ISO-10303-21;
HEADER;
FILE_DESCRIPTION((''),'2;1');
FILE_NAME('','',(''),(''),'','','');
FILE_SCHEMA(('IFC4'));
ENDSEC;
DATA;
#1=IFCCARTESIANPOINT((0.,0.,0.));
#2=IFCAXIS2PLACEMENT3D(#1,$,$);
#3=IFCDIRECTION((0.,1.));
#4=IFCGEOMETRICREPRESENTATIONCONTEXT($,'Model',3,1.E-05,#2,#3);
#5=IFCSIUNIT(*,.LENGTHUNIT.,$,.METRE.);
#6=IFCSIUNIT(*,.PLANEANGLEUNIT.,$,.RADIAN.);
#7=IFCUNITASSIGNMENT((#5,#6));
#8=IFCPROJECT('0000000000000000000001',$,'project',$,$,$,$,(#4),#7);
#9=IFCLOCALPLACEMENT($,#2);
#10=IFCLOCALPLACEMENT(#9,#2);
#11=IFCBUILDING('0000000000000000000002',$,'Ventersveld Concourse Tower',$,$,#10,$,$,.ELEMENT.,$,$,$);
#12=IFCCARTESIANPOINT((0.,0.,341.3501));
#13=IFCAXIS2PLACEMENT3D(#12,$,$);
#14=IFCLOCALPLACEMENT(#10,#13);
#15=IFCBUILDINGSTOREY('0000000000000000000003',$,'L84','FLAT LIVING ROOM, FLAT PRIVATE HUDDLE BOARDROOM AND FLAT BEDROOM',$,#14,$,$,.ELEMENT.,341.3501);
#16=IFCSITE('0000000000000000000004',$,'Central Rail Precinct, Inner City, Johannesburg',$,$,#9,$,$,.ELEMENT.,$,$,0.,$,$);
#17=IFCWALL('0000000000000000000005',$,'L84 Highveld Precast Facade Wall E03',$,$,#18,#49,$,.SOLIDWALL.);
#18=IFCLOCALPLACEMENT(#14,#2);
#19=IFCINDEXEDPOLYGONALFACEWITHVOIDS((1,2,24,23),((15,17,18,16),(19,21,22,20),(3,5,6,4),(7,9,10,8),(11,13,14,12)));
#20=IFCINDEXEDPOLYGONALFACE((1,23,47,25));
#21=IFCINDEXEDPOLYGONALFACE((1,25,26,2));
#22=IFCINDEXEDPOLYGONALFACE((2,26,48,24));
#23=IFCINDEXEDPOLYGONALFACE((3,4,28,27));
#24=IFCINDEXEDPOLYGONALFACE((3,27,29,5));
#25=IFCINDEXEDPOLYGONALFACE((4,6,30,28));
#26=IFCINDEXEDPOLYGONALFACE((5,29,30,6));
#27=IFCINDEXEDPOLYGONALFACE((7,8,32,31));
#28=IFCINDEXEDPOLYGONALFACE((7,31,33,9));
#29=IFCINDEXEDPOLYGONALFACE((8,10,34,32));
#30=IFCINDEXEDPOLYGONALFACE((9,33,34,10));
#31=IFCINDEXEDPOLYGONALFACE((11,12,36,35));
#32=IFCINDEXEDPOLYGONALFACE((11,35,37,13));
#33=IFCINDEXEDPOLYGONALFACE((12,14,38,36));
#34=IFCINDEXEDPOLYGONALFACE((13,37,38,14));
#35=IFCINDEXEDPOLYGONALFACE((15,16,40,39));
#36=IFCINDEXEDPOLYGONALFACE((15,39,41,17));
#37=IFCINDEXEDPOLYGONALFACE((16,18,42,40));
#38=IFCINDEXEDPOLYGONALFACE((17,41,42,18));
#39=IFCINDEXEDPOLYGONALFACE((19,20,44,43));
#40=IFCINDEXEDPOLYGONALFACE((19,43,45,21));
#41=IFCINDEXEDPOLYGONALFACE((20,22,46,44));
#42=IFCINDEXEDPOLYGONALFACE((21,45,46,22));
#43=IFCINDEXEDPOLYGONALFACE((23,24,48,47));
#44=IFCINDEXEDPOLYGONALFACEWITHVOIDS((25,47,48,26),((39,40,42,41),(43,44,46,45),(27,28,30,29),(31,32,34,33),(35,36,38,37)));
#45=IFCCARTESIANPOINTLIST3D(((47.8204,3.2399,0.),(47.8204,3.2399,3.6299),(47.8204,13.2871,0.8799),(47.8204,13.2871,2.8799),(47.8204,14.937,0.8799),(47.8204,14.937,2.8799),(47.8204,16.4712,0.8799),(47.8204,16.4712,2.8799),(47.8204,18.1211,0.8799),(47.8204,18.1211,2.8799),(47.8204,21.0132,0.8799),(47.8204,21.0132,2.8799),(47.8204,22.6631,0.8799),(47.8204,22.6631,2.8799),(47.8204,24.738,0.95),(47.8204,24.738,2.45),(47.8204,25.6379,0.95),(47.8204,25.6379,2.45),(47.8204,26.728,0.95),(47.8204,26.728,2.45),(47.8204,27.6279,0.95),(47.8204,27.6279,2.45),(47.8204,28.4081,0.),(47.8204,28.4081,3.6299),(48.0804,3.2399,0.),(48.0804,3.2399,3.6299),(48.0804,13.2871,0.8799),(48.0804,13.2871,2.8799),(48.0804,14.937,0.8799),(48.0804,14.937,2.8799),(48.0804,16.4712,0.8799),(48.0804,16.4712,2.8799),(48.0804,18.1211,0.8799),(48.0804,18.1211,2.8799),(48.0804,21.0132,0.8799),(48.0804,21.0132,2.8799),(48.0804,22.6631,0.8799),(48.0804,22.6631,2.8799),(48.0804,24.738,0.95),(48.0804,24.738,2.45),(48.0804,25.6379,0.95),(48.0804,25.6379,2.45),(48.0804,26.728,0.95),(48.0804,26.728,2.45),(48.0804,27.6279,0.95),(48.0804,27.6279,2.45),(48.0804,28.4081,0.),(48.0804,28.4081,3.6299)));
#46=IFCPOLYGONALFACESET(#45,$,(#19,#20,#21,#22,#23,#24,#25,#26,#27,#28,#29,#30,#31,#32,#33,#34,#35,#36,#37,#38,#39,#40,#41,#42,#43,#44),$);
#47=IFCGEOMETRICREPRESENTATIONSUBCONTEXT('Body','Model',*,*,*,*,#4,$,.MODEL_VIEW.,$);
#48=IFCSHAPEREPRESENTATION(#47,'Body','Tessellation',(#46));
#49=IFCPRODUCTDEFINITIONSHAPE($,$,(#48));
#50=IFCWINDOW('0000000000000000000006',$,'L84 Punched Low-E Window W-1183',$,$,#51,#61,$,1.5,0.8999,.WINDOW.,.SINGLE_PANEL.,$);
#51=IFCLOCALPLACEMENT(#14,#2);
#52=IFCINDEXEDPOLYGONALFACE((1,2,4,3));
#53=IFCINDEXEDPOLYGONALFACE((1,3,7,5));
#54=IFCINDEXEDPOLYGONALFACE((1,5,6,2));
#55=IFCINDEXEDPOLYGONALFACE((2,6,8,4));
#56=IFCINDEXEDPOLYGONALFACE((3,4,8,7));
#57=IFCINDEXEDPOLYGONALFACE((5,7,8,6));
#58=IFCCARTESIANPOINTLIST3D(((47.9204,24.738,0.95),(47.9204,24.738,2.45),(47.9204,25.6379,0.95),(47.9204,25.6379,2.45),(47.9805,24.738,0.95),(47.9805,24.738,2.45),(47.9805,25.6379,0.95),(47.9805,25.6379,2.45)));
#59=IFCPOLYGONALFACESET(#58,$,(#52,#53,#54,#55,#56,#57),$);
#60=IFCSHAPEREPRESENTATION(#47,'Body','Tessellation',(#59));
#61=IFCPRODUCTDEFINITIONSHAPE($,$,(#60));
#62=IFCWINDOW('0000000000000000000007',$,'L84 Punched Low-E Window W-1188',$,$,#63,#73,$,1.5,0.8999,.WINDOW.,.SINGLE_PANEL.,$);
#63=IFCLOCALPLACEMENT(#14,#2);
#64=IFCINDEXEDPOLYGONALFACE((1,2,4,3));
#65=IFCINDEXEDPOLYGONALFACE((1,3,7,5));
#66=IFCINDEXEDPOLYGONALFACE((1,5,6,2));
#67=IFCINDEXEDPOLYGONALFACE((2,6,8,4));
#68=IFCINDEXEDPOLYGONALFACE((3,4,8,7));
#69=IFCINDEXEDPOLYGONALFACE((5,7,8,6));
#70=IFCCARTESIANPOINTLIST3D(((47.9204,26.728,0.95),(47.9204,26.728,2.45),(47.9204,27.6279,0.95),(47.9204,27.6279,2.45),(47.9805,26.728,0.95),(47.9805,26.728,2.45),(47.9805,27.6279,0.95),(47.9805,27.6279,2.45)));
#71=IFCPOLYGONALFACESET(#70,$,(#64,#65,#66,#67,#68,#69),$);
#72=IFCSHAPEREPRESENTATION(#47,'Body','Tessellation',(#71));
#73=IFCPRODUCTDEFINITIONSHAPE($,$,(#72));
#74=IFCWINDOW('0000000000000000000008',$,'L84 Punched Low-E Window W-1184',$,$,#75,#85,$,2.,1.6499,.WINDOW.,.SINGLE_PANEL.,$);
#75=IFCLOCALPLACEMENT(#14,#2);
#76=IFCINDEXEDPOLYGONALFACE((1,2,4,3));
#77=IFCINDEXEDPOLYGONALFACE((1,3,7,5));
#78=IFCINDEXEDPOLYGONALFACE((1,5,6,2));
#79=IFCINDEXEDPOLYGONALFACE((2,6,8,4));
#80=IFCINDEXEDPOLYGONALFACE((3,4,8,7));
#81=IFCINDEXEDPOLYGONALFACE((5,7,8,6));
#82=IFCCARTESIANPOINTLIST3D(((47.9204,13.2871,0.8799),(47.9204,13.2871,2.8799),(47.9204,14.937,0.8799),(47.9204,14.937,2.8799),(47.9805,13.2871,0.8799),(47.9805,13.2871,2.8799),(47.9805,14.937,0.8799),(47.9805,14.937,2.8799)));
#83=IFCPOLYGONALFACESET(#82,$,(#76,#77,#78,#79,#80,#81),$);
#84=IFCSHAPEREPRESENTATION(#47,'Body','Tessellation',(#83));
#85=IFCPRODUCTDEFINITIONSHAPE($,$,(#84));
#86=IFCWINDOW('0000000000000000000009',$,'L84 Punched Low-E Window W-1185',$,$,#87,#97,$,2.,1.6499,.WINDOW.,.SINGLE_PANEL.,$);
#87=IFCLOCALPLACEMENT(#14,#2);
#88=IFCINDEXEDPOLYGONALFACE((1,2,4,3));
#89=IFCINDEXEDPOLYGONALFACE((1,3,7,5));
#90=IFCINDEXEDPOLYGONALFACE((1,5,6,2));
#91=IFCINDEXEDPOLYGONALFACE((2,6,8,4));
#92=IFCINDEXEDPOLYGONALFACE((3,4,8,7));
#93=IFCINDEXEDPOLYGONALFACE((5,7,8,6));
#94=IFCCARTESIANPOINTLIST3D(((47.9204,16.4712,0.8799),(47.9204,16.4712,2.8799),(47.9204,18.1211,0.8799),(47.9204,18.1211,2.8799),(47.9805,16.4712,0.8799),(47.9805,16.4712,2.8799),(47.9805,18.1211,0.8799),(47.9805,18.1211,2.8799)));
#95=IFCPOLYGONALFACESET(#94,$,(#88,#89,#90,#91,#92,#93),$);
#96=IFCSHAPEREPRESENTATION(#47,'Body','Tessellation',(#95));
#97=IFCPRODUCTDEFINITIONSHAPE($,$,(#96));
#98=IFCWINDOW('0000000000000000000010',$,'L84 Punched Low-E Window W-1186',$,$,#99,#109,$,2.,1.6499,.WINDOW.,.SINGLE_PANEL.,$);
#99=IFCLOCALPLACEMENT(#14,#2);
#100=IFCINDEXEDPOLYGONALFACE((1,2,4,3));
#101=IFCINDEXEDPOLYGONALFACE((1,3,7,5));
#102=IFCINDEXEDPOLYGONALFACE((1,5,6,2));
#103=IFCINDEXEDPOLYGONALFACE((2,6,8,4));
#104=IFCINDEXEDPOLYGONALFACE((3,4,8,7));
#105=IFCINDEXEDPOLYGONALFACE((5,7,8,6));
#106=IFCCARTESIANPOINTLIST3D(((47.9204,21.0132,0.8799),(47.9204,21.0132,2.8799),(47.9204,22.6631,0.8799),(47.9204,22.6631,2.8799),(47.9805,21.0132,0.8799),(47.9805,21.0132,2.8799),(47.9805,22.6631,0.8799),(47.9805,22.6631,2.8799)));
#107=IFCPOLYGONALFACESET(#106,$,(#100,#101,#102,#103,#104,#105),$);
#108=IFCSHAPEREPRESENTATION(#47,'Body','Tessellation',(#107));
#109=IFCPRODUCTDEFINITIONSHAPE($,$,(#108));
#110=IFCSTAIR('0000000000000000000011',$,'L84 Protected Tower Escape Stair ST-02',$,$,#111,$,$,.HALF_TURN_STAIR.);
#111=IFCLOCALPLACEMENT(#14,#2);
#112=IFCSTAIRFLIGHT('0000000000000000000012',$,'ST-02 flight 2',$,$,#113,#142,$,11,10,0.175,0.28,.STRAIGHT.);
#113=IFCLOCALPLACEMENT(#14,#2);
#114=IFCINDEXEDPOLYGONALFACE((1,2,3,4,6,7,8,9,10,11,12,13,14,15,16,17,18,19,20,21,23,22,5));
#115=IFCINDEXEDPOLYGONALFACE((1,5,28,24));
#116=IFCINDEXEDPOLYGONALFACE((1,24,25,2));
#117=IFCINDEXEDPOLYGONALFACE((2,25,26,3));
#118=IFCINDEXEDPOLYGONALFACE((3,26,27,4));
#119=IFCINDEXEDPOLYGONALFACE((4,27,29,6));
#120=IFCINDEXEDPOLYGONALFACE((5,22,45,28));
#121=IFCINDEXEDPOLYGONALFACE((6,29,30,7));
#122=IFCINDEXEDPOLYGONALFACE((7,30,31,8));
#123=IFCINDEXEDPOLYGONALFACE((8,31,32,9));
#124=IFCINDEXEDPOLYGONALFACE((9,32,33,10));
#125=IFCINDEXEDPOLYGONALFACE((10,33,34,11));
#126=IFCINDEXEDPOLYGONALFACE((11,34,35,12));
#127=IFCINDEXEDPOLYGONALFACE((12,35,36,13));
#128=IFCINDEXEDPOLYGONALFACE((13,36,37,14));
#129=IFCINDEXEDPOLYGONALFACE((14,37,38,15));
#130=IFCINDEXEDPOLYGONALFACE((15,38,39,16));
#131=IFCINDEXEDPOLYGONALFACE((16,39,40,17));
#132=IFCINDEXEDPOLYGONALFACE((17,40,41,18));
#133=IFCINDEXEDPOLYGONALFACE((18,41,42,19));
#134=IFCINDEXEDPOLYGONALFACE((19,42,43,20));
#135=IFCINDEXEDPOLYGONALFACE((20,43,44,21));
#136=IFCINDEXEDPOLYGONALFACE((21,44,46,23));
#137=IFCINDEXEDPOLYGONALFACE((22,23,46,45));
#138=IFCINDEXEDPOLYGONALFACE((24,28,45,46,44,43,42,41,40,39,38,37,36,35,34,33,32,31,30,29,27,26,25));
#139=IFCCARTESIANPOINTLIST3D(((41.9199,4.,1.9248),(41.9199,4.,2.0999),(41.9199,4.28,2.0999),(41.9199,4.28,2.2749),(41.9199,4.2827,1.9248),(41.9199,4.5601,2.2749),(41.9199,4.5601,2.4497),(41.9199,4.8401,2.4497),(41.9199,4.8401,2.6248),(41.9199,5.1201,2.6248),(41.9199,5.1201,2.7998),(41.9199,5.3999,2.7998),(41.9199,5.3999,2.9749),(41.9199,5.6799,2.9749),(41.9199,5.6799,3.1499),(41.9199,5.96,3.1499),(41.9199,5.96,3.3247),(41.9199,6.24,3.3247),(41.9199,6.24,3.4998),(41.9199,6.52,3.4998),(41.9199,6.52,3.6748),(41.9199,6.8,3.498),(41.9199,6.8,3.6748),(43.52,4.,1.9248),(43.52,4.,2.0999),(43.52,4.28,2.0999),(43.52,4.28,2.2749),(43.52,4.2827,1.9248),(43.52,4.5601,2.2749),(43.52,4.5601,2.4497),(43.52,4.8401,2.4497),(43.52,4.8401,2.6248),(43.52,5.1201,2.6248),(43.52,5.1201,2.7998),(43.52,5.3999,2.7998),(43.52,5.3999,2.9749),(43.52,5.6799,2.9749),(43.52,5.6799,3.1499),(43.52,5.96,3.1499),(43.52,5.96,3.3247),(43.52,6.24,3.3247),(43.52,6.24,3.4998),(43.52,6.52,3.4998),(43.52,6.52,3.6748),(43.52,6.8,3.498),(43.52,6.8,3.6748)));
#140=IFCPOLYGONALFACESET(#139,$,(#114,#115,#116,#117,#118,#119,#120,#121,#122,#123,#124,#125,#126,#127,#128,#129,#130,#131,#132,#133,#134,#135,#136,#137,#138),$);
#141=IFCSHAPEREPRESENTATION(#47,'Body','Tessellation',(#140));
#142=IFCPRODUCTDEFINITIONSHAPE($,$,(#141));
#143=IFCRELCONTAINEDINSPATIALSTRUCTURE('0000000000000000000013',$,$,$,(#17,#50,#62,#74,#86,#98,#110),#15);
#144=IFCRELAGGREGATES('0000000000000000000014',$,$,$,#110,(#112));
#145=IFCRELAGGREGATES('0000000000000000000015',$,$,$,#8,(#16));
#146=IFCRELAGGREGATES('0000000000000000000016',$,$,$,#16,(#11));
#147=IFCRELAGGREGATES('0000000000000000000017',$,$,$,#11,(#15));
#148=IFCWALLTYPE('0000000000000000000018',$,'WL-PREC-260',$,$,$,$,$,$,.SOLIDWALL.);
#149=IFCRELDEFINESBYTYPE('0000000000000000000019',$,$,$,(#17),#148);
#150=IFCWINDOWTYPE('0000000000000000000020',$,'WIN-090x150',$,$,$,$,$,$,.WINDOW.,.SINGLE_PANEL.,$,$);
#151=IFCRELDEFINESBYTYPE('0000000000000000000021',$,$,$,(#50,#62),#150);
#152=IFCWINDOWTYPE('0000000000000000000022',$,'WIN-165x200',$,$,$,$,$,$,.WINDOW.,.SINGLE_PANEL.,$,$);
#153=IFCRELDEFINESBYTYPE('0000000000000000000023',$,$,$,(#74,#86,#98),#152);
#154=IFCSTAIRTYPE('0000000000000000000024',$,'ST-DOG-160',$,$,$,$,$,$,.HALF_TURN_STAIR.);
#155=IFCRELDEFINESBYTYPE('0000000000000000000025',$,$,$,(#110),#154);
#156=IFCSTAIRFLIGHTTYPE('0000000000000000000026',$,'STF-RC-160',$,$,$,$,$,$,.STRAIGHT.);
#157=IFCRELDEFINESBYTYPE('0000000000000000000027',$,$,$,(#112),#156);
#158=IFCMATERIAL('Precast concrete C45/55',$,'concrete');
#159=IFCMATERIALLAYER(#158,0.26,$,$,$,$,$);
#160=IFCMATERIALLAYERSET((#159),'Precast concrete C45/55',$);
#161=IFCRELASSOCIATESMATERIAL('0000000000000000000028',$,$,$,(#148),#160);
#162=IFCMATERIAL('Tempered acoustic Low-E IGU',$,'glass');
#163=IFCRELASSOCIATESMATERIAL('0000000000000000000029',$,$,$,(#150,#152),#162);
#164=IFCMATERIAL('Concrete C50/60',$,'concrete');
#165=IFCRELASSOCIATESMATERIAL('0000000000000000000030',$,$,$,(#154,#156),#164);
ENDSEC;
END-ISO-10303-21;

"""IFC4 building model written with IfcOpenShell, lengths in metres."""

from ifc_helpers import new_model, si_unit, direction, frame, frame_2d, origin, place, context, subcontext, project, spatial, polyline, rectangle, outline, extrude, material, layer, layer_set, type_object, element, fill, aggregate, save


model = new_model("IFC4")

# Units and contexts
model_context = context("Model", 3, precision=1e-05, world=origin(), true_north=direction((0.0, 1.0)))
body_context = subcontext(model_context, "Body", "Model", "MODEL_VIEW")
ifc_project = project(units=[si_unit("LENGTHUNIT", "METRE"), si_unit("PLANEANGLEUNIT", "RADIAN")], contexts=[model_context])

# Site, building, storey
site_placement = place(None, origin())
site = spatial("IfcSite", under=ifc_project, at=site_placement, Name="Central Rail Precinct, Inner City, Johannesburg", CompositionType="ELEMENT", RefElevation=0.0)
building_placement = place(site_placement, origin())
building = spatial("IfcBuilding", under=site, at=building_placement, Name="Ventersveld Concourse Tower", CompositionType="ELEMENT")
storey_placement = place(building_placement, frame((0.0, 0.0, 341.3501)))
storey = spatial("IfcBuildingStorey", under=building, at=storey_placement, Name="L84", Description="FLAT LIVING ROOM, FLAT PRIVATE HUDDLE BOARDROOM AND FLAT BEDROOM", CompositionType="ELEMENT", Elevation=341.3501)

# Shared definitions
ifc_material_1 = material(Name="Concrete C50/60", Category="concrete")

# Shared definitions
ifc_material_2 = material(Name="Precast concrete C45/55", Category="concrete")
ifc_layer_1 = layer(ifc_material_2, 0.26)
ifc_layer_set_1 = layer_set([ifc_layer_1], Name="Precast concrete C45/55")
wall_type_1 = type_object("IfcWallType", Name="WL-PREC-260", PredefinedType="SOLIDWALL", material=ifc_layer_set_1)
ifc_material_3 = material(Name="Tempered acoustic Low-E IGU", Category="glass")

# Wall, openings, windows
wall_1_placement = place(storey_placement, frame((47.9504, 3.24, 0.0), z_axis=(0.0, 0.0, 1.0), x_axis=(0.0, 1.0, 0.0)))
wall_1 = element("IfcWall", 1, at=wall_1_placement, inside=storey, type_object=wall_type_1, Name="L84 Highveld Precast Facade Wall E03", PredefinedType="SOLIDWALL", context=body_context, shape_type="SweptSolid", body=[
    extrude(rectangle(XDim=25.1682, YDim=0.26, at=frame_2d((12.584, 0.0))), origin(), (0.0, 0.0, 1.0), 3.6299),
])
opening_1_placement = place(wall_1_placement, frame((21.498, 0.0, 0.95)))
opening_1 = element("IfcOpeningElement", 2, at=opening_1_placement, cuts=wall_1, PredefinedType="OPENING", context=body_context, shape_type="SweptSolid", body=[
    extrude(rectangle(XDim=0.8999, YDim=1.5, at=frame_2d((0.45, 0.75))), frame((0.0, 0.1401, 0.0), z_axis=(0.0, -1.0, 0.0), x_axis=(1.0, 0.0, 0.0)), (0.0, 0.0, 1.0), 0.28),
])
opening_2_placement = place(wall_1_placement, frame((10.0471, 0.0, 0.8799)))
opening_2 = element("IfcOpeningElement", 3, at=opening_2_placement, cuts=wall_1, PredefinedType="OPENING", context=body_context, shape_type="SweptSolid", body=[
    extrude(rectangle(XDim=1.6499, YDim=2.0, at=frame_2d((0.825, 1.0))), frame((0.0, 0.1401, 0.0), z_axis=(0.0, -1.0, 0.0), x_axis=(1.0, 0.0, 0.0)), (0.0, 0.0, 1.0), 0.28),
])
opening_3_placement = place(wall_1_placement, frame((13.2312, 0.0, 0.8799)))
opening_3 = element("IfcOpeningElement", 4, at=opening_3_placement, cuts=wall_1, PredefinedType="OPENING", context=body_context, shape_type="SweptSolid", body=[
    extrude(rectangle(XDim=1.6499, YDim=2.0, at=frame_2d((0.825, 1.0))), frame((0.0, 0.1401, 0.0), z_axis=(0.0, -1.0, 0.0), x_axis=(1.0, 0.0, 0.0)), (0.0, 0.0, 1.0), 0.28),
])
opening_4_placement = place(wall_1_placement, frame((17.7732, 0.0, 0.8799)))
opening_4 = element("IfcOpeningElement", 5, at=opening_4_placement, cuts=wall_1, PredefinedType="OPENING", context=body_context, shape_type="SweptSolid", body=[
    extrude(rectangle(XDim=1.6499, YDim=2.0, at=frame_2d((0.825, 1.0))), frame((0.0, 0.1401, 0.0), z_axis=(0.0, -1.0, 0.0), x_axis=(1.0, 0.0, 0.0)), (0.0, 0.0, 1.0), 0.28),
])
opening_5_placement = place(wall_1_placement, frame((23.488, 0.0, 0.95)))
opening_5 = element("IfcOpeningElement", 6, at=opening_5_placement, cuts=wall_1, PredefinedType="OPENING", context=body_context, shape_type="SweptSolid", body=[
    extrude(rectangle(XDim=0.8999, YDim=1.5, at=frame_2d((0.45, 0.75))), frame((0.0, 0.1401, 0.0), z_axis=(0.0, -1.0, 0.0), x_axis=(1.0, 0.0, 0.0)), (0.0, 0.0, 1.0), 0.28),
])
window_type_1 = type_object("IfcWindowType", Name="WIN-090x150", PartitioningType="SINGLE_PANEL", PredefinedType="WINDOW", material=ifc_material_3)
window_1_placement = place(opening_1_placement, origin())
window_1 = element("IfcWindow", 7, at=window_1_placement, inside=storey, type_object=window_type_1, Name="L84 Punched Low-E Window W-1183", OverallHeight=1.5, OverallWidth=0.8999, PartitioningType="SINGLE_PANEL", PredefinedType="WINDOW", context=body_context, shape_type="SweptSolid", body=[
    extrude(rectangle(XDim=0.8999, YDim=1.5, at=frame_2d((0.45, 0.75))), frame((0.0, 0.03, 0.0), z_axis=(0.0, -1.0, 0.0), x_axis=(1.0, 0.0, 0.0)), (0.0, 0.0, 1.0), 0.0601),
])
fill(opening_1, window_1)
window_2_placement = place(opening_5_placement, origin())
window_2 = element("IfcWindow", 8, at=window_2_placement, inside=storey, type_object=window_type_1, Name="L84 Punched Low-E Window W-1188", OverallHeight=1.5, OverallWidth=0.8999, PartitioningType="SINGLE_PANEL", PredefinedType="WINDOW", context=body_context, shape_type="SweptSolid", body=[
    extrude(rectangle(XDim=0.8999, YDim=1.5, at=frame_2d((0.45, 0.75))), frame((0.0, 0.03, 0.0), z_axis=(0.0, -1.0, 0.0), x_axis=(1.0, 0.0, 0.0)), (0.0, 0.0, 1.0), 0.0601),
])
fill(opening_5, window_2)
window_type_2 = type_object("IfcWindowType", Name="WIN-165x200", PartitioningType="SINGLE_PANEL", PredefinedType="WINDOW", material=ifc_material_3)
window_3_placement = place(opening_2_placement, origin())
window_3 = element("IfcWindow", 9, at=window_3_placement, inside=storey, type_object=window_type_2, Name="L84 Punched Low-E Window W-1184", OverallHeight=2.0, OverallWidth=1.6499, PartitioningType="SINGLE_PANEL", PredefinedType="WINDOW", context=body_context, shape_type="SweptSolid", body=[
    extrude(rectangle(XDim=1.6499, YDim=2.0, at=frame_2d((0.825, 1.0))), frame((0.0, 0.03, 0.0), z_axis=(0.0, -1.0, 0.0), x_axis=(1.0, 0.0, 0.0)), (0.0, 0.0, 1.0), 0.0601),
])
fill(opening_2, window_3)
window_4_placement = place(opening_3_placement, origin())
window_4 = element("IfcWindow", 10, at=window_4_placement, inside=storey, type_object=window_type_2, Name="L84 Punched Low-E Window W-1185", OverallHeight=2.0, OverallWidth=1.6499, PartitioningType="SINGLE_PANEL", PredefinedType="WINDOW", context=body_context, shape_type="SweptSolid", body=[
    extrude(rectangle(XDim=1.6499, YDim=2.0, at=frame_2d((0.825, 1.0))), frame((0.0, 0.03, 0.0), z_axis=(0.0, -1.0, 0.0), x_axis=(1.0, 0.0, 0.0)), (0.0, 0.0, 1.0), 0.0601),
])
fill(opening_3, window_4)
window_5_placement = place(opening_4_placement, origin())
window_5 = element("IfcWindow", 11, at=window_5_placement, inside=storey, type_object=window_type_2, Name="L84 Punched Low-E Window W-1186", OverallHeight=2.0, OverallWidth=1.6499, PartitioningType="SINGLE_PANEL", PredefinedType="WINDOW", context=body_context, shape_type="SweptSolid", body=[
    extrude(rectangle(XDim=1.6499, YDim=2.0, at=frame_2d((0.825, 1.0))), frame((0.0, 0.03, 0.0), z_axis=(0.0, -1.0, 0.0), x_axis=(1.0, 0.0, 0.0)), (0.0, 0.0, 1.0), 0.0601),
])
fill(opening_4, window_5)

# Stair, stair flight
stair_type = type_object("IfcStairType", Name="ST-DOG-160", PredefinedType="HALF_TURN_STAIR", material=ifc_material_1)
stair_placement = place(storey_placement, origin())
stair = element("IfcStair", 12, at=stair_placement, inside=storey, type_object=stair_type, Name="L84 Protected Tower Escape Stair ST-02", PredefinedType="HALF_TURN_STAIR")
stair_flight_type = type_object("IfcStairFlightType", Name="STF-RC-160", PredefinedType="STRAIGHT", material=ifc_material_1)
stair_flight_placement = place(storey_placement, frame((42.72, 4.0, 1.9248), z_axis=(0.0, 0.0, 1.0), x_axis=(0.0, 1.0, 0.0)))
stair_flight = element("IfcStairFlight", 13, at=stair_flight_placement, type_object=stair_flight_type, Name="ST-02 flight 2", NumberOfRisers=11, NumberOfTreads=10, PredefinedType="STRAIGHT", RiserHeight=0.175, TreadLength=0.28, context=body_context, shape_type="SweptSolid", body=[
    extrude(outline(polyline([(0.0, 0.0), (0.0, 0.175), (0.28, 0.175), (0.28, 0.3501), (0.5601, 0.3501), (0.5601, 0.5249), (0.8401, 0.5249), (0.8401, 0.7), (1.1201, 0.7), (1.1201, 0.875), (1.3999, 0.875), (1.3999, 1.05), (1.6799, 1.05), (1.6799, 1.2251), (1.96, 1.2251), (1.96, 1.3999), (2.24, 1.3999), (2.24, 1.575), (2.52, 1.575), (2.52, 1.75), (2.8, 1.75), (2.8, 1.925), (2.8, 1.5732), (0.2827, 0.0), (0.0, 0.0)])), frame((0.0, 0.8, 0.0), z_axis=(0.0, -1.0, 0.0), x_axis=(1.0, 0.0, 0.0)), (0.0, 0.0, 1.0), 1.6001),
])
aggregate(stair, [stair_flight])

save(model, "model.ifc")
